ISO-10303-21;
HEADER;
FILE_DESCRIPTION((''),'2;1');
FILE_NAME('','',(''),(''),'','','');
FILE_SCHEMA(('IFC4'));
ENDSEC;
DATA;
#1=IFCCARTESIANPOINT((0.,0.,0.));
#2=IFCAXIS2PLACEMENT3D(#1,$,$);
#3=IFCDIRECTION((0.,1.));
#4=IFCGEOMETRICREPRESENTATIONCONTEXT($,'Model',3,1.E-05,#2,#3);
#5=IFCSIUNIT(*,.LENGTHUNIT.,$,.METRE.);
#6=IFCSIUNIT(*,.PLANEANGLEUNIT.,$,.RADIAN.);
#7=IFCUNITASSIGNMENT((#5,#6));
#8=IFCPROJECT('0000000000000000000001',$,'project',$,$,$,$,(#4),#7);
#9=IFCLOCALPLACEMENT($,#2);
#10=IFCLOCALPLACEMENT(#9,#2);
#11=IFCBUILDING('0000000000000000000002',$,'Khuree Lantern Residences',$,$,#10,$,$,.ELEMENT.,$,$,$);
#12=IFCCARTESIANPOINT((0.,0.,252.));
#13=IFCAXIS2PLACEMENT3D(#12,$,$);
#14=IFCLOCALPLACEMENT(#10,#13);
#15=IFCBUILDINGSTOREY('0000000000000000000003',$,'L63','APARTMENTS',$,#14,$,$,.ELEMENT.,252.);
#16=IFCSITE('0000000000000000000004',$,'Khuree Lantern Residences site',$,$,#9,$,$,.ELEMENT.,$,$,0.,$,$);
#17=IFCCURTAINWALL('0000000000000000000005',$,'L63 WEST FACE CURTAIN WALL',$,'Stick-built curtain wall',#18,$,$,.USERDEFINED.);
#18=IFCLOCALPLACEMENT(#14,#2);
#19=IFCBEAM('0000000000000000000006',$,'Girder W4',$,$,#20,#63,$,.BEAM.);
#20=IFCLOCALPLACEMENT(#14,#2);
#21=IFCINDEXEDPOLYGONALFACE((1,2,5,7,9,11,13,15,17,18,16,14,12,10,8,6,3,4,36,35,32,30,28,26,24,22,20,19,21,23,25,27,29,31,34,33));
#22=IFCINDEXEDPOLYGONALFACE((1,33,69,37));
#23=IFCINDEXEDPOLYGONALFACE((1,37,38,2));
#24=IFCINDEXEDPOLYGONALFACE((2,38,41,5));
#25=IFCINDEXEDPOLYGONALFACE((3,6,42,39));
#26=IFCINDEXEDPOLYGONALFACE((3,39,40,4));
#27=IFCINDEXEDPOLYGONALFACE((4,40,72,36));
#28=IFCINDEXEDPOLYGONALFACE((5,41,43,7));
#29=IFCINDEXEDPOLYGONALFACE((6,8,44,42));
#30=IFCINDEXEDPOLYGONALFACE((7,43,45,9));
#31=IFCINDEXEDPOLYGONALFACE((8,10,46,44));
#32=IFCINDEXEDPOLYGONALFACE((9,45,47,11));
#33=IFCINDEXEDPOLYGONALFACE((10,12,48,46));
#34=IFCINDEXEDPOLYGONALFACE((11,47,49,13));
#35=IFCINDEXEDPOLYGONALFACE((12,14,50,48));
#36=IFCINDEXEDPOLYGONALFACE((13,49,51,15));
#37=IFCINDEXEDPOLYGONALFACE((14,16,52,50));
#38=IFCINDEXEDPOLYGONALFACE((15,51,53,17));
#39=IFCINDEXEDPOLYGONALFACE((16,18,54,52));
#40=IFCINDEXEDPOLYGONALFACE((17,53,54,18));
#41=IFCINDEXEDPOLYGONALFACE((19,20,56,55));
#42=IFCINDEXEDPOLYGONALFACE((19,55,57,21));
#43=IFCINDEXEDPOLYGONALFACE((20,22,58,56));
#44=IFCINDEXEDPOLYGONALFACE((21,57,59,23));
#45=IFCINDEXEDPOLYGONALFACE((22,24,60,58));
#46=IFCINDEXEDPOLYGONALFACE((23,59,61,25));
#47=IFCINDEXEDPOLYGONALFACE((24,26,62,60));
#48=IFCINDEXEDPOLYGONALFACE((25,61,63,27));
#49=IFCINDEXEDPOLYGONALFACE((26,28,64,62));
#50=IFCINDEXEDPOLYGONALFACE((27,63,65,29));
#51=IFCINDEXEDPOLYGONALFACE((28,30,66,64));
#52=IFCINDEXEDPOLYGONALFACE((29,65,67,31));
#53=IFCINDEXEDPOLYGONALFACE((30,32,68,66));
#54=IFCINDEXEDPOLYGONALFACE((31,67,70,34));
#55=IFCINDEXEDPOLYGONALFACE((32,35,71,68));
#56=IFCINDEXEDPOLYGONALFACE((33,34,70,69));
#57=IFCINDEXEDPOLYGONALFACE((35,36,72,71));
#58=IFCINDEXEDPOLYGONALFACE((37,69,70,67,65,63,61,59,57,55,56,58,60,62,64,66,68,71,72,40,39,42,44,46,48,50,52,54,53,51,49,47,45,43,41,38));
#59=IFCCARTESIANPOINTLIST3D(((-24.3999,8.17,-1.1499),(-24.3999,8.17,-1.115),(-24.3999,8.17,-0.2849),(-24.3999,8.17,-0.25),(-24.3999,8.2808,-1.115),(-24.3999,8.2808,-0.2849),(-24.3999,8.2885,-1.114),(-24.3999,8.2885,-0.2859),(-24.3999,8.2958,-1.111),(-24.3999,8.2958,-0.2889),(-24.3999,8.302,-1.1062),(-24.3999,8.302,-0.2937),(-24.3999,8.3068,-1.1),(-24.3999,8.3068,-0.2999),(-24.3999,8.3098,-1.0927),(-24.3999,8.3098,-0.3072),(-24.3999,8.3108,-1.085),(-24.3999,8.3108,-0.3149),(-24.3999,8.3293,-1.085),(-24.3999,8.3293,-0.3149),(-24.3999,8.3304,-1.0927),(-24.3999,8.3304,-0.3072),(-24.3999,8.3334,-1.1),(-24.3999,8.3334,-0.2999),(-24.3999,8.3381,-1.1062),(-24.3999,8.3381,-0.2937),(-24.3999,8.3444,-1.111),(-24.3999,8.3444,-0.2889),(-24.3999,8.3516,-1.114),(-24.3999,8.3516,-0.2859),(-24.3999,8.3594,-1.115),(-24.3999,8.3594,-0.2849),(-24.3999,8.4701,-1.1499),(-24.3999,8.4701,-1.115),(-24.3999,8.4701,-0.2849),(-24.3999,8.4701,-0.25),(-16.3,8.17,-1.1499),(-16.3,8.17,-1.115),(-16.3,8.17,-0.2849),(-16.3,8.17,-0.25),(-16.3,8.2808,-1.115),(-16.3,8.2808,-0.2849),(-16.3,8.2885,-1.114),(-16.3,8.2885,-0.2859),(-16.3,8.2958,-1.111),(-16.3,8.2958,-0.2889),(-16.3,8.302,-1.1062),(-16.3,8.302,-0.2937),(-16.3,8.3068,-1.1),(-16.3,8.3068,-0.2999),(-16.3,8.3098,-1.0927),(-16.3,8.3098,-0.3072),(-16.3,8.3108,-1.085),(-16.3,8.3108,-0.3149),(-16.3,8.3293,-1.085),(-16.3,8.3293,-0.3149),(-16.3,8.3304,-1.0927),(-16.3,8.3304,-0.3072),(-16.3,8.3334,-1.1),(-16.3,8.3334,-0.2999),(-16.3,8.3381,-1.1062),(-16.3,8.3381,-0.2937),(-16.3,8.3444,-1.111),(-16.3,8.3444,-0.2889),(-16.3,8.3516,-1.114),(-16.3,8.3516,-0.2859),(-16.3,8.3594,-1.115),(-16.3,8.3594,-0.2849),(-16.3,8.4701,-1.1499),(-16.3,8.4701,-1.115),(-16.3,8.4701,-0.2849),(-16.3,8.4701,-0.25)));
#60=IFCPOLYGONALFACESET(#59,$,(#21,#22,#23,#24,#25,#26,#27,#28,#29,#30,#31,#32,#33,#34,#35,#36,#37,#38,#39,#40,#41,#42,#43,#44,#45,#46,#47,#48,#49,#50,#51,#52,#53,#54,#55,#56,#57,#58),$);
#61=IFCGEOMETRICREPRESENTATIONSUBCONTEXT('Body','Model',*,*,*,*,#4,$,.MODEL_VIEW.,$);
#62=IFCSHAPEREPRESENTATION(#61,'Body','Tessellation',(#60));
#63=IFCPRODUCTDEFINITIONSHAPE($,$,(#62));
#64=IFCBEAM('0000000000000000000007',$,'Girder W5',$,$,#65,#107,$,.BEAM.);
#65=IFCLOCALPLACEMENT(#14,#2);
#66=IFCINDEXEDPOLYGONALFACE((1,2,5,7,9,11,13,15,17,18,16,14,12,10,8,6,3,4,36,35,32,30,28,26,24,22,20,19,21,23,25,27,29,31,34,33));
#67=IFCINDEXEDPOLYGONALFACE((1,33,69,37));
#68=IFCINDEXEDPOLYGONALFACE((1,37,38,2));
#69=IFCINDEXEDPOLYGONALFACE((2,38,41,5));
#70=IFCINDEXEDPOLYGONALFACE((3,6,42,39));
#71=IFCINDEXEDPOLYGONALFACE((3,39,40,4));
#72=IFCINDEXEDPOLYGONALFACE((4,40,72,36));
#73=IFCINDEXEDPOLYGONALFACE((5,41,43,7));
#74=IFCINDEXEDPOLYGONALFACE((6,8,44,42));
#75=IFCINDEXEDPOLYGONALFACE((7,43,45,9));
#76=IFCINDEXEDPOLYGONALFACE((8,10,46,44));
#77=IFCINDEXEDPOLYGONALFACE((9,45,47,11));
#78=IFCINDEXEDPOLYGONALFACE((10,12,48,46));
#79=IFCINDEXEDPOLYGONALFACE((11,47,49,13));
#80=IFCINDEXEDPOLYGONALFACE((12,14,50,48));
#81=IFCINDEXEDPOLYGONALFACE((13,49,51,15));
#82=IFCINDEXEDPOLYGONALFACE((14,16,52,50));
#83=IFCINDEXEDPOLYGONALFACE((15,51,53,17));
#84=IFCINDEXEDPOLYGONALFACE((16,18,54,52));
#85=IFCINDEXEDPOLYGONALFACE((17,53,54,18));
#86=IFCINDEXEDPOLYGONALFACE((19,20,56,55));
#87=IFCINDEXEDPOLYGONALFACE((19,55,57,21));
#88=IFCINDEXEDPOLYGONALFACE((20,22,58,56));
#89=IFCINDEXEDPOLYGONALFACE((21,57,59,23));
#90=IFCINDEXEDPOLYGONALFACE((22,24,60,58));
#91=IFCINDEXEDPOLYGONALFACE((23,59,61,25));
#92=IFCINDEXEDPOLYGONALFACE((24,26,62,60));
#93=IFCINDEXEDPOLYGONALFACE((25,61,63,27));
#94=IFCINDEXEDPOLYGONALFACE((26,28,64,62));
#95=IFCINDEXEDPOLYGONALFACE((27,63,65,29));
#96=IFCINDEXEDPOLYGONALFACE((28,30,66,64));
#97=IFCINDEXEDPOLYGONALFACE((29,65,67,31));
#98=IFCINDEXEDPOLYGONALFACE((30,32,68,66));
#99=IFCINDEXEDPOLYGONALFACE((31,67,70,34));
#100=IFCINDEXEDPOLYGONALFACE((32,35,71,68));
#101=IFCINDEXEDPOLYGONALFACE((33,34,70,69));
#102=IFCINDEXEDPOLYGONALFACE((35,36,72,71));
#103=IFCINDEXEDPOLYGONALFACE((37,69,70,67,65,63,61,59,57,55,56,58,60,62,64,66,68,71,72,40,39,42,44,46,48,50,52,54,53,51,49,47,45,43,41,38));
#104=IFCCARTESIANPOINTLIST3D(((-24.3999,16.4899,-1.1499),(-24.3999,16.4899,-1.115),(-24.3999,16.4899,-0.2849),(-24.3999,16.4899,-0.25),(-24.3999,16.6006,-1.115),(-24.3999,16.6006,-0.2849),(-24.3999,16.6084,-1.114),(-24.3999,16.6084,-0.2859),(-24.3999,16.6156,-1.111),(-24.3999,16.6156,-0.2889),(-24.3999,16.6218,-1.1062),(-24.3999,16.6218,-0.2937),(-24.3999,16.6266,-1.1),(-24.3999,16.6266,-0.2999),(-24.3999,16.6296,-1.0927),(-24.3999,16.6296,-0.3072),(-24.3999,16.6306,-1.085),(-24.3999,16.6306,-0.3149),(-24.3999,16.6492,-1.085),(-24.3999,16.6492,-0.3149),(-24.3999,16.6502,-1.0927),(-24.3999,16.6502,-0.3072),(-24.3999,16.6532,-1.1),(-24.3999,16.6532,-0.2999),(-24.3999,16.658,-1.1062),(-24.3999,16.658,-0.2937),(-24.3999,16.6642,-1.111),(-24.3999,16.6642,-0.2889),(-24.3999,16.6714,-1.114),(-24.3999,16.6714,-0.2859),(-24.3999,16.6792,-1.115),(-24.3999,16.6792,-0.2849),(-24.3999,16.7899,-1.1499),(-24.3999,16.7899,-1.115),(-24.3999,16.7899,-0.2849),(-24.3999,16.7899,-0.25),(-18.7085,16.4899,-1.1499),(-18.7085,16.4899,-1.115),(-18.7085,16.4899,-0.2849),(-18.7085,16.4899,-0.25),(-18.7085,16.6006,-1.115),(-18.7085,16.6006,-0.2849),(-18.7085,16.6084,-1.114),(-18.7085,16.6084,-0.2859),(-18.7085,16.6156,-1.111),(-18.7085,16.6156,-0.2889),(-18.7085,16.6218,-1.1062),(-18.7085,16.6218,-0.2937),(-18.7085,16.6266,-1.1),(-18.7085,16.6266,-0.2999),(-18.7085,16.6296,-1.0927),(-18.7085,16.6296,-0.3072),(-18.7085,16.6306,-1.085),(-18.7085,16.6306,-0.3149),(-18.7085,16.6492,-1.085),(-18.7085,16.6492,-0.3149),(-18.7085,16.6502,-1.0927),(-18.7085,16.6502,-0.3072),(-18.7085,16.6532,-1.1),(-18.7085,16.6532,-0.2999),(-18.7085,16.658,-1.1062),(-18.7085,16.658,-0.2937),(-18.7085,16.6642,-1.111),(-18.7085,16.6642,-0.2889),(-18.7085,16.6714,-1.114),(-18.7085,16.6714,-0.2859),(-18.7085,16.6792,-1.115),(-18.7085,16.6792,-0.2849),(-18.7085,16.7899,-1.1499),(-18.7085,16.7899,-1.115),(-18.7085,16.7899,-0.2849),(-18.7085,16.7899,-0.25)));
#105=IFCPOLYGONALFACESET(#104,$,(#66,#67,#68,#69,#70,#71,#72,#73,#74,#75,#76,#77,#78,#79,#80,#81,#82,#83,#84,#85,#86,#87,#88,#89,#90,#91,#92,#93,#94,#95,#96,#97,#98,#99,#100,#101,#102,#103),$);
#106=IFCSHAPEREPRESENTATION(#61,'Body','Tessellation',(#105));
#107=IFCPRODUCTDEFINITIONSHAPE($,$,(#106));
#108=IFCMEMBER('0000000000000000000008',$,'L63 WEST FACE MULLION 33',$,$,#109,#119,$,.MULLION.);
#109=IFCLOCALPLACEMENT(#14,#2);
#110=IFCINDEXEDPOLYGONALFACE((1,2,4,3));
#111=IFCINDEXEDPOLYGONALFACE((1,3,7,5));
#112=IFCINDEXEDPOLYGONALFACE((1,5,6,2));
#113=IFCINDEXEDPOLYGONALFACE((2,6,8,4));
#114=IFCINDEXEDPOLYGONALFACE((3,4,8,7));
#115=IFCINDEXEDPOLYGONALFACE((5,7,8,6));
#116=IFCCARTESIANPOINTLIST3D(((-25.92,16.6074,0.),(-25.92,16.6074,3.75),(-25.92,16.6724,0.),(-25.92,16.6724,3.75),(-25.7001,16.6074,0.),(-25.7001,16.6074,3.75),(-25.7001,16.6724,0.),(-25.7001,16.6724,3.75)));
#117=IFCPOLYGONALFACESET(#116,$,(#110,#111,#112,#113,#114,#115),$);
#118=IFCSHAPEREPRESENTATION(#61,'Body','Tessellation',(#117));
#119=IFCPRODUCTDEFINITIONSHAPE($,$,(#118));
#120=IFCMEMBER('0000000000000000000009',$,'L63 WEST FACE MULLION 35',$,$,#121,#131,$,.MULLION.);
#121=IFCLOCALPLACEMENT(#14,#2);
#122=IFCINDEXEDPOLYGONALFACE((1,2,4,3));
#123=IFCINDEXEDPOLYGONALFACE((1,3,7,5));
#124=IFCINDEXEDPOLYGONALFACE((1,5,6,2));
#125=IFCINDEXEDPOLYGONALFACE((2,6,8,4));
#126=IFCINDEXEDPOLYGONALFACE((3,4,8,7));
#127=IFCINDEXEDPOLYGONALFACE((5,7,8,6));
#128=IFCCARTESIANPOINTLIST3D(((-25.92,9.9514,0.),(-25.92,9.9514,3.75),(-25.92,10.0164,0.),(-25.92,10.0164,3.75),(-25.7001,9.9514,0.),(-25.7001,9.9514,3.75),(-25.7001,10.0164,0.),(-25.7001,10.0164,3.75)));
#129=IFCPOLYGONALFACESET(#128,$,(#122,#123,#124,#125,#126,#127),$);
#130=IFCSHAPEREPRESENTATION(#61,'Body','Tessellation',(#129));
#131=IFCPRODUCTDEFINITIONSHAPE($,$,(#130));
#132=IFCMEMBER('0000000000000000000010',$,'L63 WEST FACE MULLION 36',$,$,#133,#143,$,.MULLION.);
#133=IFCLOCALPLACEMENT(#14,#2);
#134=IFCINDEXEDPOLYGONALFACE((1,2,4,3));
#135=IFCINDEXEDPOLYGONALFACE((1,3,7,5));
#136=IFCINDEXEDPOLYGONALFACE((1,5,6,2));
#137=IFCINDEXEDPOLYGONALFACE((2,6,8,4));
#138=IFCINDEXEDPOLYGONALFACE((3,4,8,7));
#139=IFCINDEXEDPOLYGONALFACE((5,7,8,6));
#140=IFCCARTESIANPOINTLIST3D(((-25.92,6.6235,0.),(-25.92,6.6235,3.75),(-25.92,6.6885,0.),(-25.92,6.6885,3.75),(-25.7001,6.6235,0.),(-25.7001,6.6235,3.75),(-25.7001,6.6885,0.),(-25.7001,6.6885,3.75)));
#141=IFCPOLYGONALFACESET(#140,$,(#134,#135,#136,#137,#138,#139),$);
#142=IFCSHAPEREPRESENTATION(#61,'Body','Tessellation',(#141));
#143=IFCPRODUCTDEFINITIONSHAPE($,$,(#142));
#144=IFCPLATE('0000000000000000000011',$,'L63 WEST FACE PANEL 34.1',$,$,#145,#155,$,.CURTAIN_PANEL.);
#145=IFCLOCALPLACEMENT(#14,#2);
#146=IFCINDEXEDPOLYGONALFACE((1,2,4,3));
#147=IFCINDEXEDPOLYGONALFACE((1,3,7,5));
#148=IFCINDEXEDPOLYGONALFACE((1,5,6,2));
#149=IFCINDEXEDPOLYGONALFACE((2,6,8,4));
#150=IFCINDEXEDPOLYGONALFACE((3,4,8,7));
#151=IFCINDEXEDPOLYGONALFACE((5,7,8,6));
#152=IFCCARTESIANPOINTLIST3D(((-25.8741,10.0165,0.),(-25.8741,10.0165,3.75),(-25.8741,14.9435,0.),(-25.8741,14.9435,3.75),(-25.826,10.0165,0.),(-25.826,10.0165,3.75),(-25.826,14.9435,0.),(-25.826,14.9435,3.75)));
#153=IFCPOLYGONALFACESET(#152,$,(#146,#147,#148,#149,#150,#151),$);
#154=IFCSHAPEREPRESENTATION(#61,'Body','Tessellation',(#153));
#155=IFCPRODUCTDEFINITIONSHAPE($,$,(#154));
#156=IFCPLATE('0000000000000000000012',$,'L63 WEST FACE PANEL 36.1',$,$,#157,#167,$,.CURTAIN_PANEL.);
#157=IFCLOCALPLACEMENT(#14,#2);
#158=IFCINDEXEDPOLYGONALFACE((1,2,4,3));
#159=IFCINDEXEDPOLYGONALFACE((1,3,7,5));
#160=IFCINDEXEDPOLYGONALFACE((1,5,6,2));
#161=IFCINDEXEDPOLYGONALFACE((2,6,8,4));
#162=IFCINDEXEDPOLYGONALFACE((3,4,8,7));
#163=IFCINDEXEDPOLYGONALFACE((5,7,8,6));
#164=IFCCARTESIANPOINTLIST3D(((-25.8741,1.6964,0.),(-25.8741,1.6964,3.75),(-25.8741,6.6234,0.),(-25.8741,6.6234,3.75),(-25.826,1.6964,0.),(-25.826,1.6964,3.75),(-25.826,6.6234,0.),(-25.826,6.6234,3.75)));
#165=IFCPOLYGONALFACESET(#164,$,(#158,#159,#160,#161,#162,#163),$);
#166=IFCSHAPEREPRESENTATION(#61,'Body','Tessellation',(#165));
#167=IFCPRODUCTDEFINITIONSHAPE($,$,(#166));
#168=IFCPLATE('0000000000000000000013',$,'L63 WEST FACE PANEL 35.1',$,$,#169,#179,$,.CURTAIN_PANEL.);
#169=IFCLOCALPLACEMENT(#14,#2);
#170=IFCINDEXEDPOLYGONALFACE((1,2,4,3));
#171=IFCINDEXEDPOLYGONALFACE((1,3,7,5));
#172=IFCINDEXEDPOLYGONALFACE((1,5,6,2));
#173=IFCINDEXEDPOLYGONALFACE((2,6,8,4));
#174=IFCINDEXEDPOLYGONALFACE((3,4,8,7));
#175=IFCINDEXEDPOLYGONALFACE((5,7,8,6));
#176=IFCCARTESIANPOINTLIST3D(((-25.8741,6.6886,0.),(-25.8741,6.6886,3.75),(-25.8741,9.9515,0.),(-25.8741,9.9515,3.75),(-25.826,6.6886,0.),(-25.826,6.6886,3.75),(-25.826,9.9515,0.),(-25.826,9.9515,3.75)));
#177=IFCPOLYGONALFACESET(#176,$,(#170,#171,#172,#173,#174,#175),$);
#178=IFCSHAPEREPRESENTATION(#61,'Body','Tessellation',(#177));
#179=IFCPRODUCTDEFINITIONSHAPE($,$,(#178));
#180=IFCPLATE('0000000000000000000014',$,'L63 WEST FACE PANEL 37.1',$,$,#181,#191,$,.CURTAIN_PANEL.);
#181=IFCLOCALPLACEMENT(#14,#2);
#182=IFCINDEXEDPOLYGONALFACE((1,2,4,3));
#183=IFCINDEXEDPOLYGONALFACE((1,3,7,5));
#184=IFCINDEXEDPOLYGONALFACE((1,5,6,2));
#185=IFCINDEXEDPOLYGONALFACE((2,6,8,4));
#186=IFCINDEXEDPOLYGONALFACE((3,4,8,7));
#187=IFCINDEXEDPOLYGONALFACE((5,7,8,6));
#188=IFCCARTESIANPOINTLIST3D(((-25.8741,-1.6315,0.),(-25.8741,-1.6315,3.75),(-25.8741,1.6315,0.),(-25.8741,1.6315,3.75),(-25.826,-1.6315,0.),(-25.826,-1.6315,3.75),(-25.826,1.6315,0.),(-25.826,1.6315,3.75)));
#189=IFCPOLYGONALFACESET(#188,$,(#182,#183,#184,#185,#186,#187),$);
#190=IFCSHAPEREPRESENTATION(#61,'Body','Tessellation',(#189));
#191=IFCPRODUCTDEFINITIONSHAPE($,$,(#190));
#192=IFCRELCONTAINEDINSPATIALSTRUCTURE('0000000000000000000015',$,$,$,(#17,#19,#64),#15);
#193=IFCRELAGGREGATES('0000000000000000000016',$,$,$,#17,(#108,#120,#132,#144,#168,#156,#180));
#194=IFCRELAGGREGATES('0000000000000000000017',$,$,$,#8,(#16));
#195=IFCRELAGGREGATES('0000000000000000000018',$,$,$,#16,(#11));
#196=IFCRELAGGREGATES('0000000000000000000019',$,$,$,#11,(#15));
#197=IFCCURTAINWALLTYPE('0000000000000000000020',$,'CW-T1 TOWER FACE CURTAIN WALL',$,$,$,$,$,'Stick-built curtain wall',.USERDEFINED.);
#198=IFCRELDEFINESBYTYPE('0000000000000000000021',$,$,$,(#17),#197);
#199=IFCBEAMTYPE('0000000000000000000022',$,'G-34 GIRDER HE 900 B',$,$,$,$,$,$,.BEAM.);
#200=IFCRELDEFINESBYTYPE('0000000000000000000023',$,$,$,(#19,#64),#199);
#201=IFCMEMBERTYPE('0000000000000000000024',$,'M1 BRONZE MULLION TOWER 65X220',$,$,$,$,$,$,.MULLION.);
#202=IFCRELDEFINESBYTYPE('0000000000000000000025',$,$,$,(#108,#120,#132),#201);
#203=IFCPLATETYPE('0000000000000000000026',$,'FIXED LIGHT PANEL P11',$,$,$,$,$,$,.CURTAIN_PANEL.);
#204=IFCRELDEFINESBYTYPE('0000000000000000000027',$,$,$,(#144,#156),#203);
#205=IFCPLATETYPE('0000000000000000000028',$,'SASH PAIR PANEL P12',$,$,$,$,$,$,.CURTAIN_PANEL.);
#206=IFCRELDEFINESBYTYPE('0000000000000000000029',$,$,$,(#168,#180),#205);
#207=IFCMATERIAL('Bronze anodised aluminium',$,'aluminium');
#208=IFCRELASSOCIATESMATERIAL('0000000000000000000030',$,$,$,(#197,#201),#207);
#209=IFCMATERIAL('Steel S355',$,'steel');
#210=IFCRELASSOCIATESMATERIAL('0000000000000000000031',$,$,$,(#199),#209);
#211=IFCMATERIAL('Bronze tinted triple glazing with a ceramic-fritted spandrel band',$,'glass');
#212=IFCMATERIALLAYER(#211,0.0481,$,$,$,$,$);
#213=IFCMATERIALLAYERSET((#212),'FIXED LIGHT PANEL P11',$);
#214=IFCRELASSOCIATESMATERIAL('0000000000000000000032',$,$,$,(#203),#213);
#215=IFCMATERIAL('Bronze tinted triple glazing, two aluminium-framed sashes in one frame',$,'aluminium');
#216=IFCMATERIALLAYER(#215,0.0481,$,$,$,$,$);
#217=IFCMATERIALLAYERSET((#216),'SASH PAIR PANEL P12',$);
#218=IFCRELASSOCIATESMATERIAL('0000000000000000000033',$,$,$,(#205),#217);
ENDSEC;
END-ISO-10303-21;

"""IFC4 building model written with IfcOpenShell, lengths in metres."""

from ifc_helpers import new_model, si_unit, direction, frame, origin, origin_2d, place, context, subcontext, project, spatial, rectangle, i_section, extrude, material, layer, layer_set, material_profile, profile_set, type_object, element, aggregate, save


model = new_model("IFC4")

# Units and contexts
model_context = context("Model", 3, precision=1e-05, world=origin(), true_north=direction((0.0, 1.0)))
body_context = subcontext(model_context, "Body", "Model", "MODEL_VIEW")
ifc_project = project(units=[si_unit("LENGTHUNIT", "METRE"), si_unit("PLANEANGLEUNIT", "RADIAN")], contexts=[model_context])

# Site, building, storey
site_placement = place(None, origin())
site = spatial("IfcSite", under=ifc_project, at=site_placement, Name="Khuree Lantern Residences site", CompositionType="ELEMENT", RefElevation=0.0)
building_placement = place(site_placement, origin())
building = spatial("IfcBuilding", under=site, at=building_placement, Name="Khuree Lantern Residences", CompositionType="ELEMENT")
storey_placement = place(building_placement, frame((0.0, 0.0, 252.0)))
storey = spatial("IfcBuildingStorey", under=building, at=storey_placement, Name="L63", Description="APARTMENTS", CompositionType="ELEMENT", Elevation=252.0)

# Shared definitions
ifc_material_1 = material(Name="Steel S355", Category="steel")

# Curtain wall
ifc_material_2 = material(Name="Bronze anodised aluminium", Category="aluminium")
curtain_wall_type = type_object("IfcCurtainWallType", Name="CW-T1 TOWER FACE CURTAIN WALL", ElementType="Stick-built curtain wall", PredefinedType="USERDEFINED", material=ifc_material_2)
curtain_wall_placement = place(storey_placement, origin())
curtain_wall = element("IfcCurtainWall", 1, at=curtain_wall_placement, inside=storey, type_object=curtain_wall_type, Name="L63 WEST FACE CURTAIN WALL", ObjectType="Stick-built curtain wall", PredefinedType="USERDEFINED")

# Beams
ifc_material_profile_1 = material_profile(ifc_material_1, i_section(OverallWidth=0.3, OverallDepth=0.8999, WebThickness=0.0186, FlangeThickness=0.0349, FilletRadius=0.03, at=origin_2d()), Name="HE 900 B")
ifc_profile_set_1 = profile_set([ifc_material_profile_1], Name="Steel S355")
beam_type_1 = type_object("IfcBeamType", Name="G-34 GIRDER HE 900 B", PredefinedType="BEAM", material=ifc_profile_set_1)
for number, where, z_axis, x_axis, name in (
    (2, (-24.3999, 8.3201, -0.7), (1.0, 0.0, 0.0), (0.0, 1.0, 0.0), "Girder W4"),
):
    element("IfcBeam", number, at=place(storey_placement, frame(where, z_axis=z_axis, x_axis=x_axis)), inside=storey, type_object=beam_type_1, Name=name, PredefinedType="BEAM", context=body_context, shape_type="SweptSolid", body=[
        extrude(i_section(OverallWidth=0.3, OverallDepth=0.8999, WebThickness=0.0186, FlangeThickness=0.0349, FilletRadius=0.03, at=origin_2d()), origin(), (0.0, 0.0, 1.0), 8.0999),
    ])
beam_1_placement = place(storey_placement, frame((-24.3999, 16.6399, -0.7), z_axis=(1.0, 0.0, 0.0), x_axis=(0.0, 1.0, 0.0)))
element("IfcBeam", 3, at=beam_1_placement, inside=storey, type_object=beam_type_1, Name="Girder W5", PredefinedType="BEAM", context=body_context, shape_type="SweptSolid", body=[
    extrude(i_section(OverallWidth=0.3, OverallDepth=0.8999, WebThickness=0.0186, FlangeThickness=0.0349, FilletRadius=0.03, at=origin_2d()), origin(), (0.0, 0.0, 1.0), 5.6914),
])

# Members
ifc_material_profile_2 = material_profile(ifc_material_2, rectangle(XDim=0.0649, YDim=0.22, at=origin_2d()), Name="M1 65X220")
ifc_profile_set_2 = profile_set([ifc_material_profile_2], Name="Bronze anodised aluminium")
member_type_1 = type_object("IfcMemberType", Name="M1 BRONZE MULLION TOWER 65X220", PredefinedType="MULLION", material=ifc_profile_set_2)
member_1_placement = place(storey_placement, frame((-25.8101, 16.6399, 0.0), z_axis=(0.0, 0.0, 1.0), x_axis=(0.0, -1.0, 0.0)))
member_1 = element("IfcMember", 4, at=member_1_placement, type_object=member_type_1, Name="L63 WEST FACE MULLION 33", PredefinedType="MULLION", context=body_context, shape_type="SweptSolid", body=[
    extrude(rectangle(XDim=0.0649, YDim=0.22, at=origin_2d()), origin(), (0.0, 0.0, 1.0), 3.75),
])
member_2_placement = place(storey_placement, frame((-25.8101, 9.9839, 0.0), z_axis=(0.0, 0.0, 1.0), x_axis=(0.0, -1.0, 0.0)))
member_2 = element("IfcMember", 5, at=member_2_placement, type_object=member_type_1, Name="L63 WEST FACE MULLION 35", PredefinedType="MULLION", context=body_context, shape_type="SweptSolid", body=[
    extrude(rectangle(XDim=0.0649, YDim=0.22, at=origin_2d()), origin(), (0.0, 0.0, 1.0), 3.75),
])
member_3_placement = place(storey_placement, frame((-25.8101, 6.656, 0.0), z_axis=(0.0, 0.0, 1.0), x_axis=(0.0, -1.0, 0.0)))
member_3 = element("IfcMember", 6, at=member_3_placement, type_object=member_type_1, Name="L63 WEST FACE MULLION 36", PredefinedType="MULLION", context=body_context, shape_type="SweptSolid", body=[
    extrude(rectangle(XDim=0.0649, YDim=0.22, at=origin_2d()), origin(), (0.0, 0.0, 1.0), 3.75),
])

# Plates
ifc_material_3 = material(Name="Bronze tinted triple glazing with a ceramic-fritted spandrel band", Category="glass")
ifc_layer_1 = layer(ifc_material_3, 0.0481)
ifc_layer_set_1 = layer_set([ifc_layer_1], Name="FIXED LIGHT PANEL P11")
plate_type_1 = type_object("IfcPlateType", Name="FIXED LIGHT PANEL P11", PredefinedType="CURTAIN_PANEL", material=ifc_layer_set_1)
plate_1_placement = place(storey_placement, frame((-25.8501, 12.48, 0.0), z_axis=(0.0, 0.0, 1.0), x_axis=(0.0, -1.0, 0.0)))
plate_1 = element("IfcPlate", 7, at=plate_1_placement, type_object=plate_type_1, Name="L63 WEST FACE PANEL 34.1", PredefinedType="CURTAIN_PANEL", context=body_context, shape_type="SweptSolid", body=[
    extrude(rectangle(XDim=4.927, YDim=0.0481, at=origin_2d()), origin(), (0.0, 0.0, 1.0), 3.75),
])
plate_2_placement = place(storey_placement, frame((-25.8501, 4.1599, 0.0), z_axis=(0.0, 0.0, 1.0), x_axis=(0.0, -1.0, 0.0)))
plate_2 = element("IfcPlate", 8, at=plate_2_placement, type_object=plate_type_1, Name="L63 WEST FACE PANEL 36.1", PredefinedType="CURTAIN_PANEL", context=body_context, shape_type="SweptSolid", body=[
    extrude(rectangle(XDim=4.927, YDim=0.0481, at=origin_2d()), origin(), (0.0, 0.0, 1.0), 3.75),
])
ifc_material_4 = material(Name="Bronze tinted triple glazing, two aluminium-framed sashes in one frame", Category="aluminium")
ifc_layer_2 = layer(ifc_material_4, 0.0481)
ifc_layer_set_2 = layer_set([ifc_layer_2], Name="SASH PAIR PANEL P12")
plate_type_2 = type_object("IfcPlateType", Name="SASH PAIR PANEL P12", PredefinedType="CURTAIN_PANEL", material=ifc_layer_set_2)
plate_3_placement = place(storey_placement, frame((-25.8501, 8.3201, 0.0), z_axis=(0.0, 0.0, 1.0), x_axis=(0.0, -1.0, 0.0)))
plate_3 = element("IfcPlate", 9, at=plate_3_placement, type_object=plate_type_2, Name="L63 WEST FACE PANEL 35.1", PredefinedType="CURTAIN_PANEL", context=body_context, shape_type="SweptSolid", body=[
    extrude(rectangle(XDim=3.2629, YDim=0.0481, at=origin_2d()), origin(), (0.0, 0.0, 1.0), 3.75),
])
plate_4_placement = place(storey_placement, frame((-25.8501, 0.0, 0.0), z_axis=(0.0, 0.0, 1.0), x_axis=(0.0, -1.0, 0.0)))
plate_4 = element("IfcPlate", 10, at=plate_4_placement, type_object=plate_type_2, Name="L63 WEST FACE PANEL 37.1", PredefinedType="CURTAIN_PANEL", context=body_context, shape_type="SweptSolid", body=[
    extrude(rectangle(XDim=3.2629, YDim=0.0481, at=origin_2d()), origin(), (0.0, 0.0, 1.0), 3.75),
])
aggregate(curtain_wall, [member_1, member_2, member_3, plate_1, plate_3, plate_2, plate_4])

save(model, "model.ifc")
